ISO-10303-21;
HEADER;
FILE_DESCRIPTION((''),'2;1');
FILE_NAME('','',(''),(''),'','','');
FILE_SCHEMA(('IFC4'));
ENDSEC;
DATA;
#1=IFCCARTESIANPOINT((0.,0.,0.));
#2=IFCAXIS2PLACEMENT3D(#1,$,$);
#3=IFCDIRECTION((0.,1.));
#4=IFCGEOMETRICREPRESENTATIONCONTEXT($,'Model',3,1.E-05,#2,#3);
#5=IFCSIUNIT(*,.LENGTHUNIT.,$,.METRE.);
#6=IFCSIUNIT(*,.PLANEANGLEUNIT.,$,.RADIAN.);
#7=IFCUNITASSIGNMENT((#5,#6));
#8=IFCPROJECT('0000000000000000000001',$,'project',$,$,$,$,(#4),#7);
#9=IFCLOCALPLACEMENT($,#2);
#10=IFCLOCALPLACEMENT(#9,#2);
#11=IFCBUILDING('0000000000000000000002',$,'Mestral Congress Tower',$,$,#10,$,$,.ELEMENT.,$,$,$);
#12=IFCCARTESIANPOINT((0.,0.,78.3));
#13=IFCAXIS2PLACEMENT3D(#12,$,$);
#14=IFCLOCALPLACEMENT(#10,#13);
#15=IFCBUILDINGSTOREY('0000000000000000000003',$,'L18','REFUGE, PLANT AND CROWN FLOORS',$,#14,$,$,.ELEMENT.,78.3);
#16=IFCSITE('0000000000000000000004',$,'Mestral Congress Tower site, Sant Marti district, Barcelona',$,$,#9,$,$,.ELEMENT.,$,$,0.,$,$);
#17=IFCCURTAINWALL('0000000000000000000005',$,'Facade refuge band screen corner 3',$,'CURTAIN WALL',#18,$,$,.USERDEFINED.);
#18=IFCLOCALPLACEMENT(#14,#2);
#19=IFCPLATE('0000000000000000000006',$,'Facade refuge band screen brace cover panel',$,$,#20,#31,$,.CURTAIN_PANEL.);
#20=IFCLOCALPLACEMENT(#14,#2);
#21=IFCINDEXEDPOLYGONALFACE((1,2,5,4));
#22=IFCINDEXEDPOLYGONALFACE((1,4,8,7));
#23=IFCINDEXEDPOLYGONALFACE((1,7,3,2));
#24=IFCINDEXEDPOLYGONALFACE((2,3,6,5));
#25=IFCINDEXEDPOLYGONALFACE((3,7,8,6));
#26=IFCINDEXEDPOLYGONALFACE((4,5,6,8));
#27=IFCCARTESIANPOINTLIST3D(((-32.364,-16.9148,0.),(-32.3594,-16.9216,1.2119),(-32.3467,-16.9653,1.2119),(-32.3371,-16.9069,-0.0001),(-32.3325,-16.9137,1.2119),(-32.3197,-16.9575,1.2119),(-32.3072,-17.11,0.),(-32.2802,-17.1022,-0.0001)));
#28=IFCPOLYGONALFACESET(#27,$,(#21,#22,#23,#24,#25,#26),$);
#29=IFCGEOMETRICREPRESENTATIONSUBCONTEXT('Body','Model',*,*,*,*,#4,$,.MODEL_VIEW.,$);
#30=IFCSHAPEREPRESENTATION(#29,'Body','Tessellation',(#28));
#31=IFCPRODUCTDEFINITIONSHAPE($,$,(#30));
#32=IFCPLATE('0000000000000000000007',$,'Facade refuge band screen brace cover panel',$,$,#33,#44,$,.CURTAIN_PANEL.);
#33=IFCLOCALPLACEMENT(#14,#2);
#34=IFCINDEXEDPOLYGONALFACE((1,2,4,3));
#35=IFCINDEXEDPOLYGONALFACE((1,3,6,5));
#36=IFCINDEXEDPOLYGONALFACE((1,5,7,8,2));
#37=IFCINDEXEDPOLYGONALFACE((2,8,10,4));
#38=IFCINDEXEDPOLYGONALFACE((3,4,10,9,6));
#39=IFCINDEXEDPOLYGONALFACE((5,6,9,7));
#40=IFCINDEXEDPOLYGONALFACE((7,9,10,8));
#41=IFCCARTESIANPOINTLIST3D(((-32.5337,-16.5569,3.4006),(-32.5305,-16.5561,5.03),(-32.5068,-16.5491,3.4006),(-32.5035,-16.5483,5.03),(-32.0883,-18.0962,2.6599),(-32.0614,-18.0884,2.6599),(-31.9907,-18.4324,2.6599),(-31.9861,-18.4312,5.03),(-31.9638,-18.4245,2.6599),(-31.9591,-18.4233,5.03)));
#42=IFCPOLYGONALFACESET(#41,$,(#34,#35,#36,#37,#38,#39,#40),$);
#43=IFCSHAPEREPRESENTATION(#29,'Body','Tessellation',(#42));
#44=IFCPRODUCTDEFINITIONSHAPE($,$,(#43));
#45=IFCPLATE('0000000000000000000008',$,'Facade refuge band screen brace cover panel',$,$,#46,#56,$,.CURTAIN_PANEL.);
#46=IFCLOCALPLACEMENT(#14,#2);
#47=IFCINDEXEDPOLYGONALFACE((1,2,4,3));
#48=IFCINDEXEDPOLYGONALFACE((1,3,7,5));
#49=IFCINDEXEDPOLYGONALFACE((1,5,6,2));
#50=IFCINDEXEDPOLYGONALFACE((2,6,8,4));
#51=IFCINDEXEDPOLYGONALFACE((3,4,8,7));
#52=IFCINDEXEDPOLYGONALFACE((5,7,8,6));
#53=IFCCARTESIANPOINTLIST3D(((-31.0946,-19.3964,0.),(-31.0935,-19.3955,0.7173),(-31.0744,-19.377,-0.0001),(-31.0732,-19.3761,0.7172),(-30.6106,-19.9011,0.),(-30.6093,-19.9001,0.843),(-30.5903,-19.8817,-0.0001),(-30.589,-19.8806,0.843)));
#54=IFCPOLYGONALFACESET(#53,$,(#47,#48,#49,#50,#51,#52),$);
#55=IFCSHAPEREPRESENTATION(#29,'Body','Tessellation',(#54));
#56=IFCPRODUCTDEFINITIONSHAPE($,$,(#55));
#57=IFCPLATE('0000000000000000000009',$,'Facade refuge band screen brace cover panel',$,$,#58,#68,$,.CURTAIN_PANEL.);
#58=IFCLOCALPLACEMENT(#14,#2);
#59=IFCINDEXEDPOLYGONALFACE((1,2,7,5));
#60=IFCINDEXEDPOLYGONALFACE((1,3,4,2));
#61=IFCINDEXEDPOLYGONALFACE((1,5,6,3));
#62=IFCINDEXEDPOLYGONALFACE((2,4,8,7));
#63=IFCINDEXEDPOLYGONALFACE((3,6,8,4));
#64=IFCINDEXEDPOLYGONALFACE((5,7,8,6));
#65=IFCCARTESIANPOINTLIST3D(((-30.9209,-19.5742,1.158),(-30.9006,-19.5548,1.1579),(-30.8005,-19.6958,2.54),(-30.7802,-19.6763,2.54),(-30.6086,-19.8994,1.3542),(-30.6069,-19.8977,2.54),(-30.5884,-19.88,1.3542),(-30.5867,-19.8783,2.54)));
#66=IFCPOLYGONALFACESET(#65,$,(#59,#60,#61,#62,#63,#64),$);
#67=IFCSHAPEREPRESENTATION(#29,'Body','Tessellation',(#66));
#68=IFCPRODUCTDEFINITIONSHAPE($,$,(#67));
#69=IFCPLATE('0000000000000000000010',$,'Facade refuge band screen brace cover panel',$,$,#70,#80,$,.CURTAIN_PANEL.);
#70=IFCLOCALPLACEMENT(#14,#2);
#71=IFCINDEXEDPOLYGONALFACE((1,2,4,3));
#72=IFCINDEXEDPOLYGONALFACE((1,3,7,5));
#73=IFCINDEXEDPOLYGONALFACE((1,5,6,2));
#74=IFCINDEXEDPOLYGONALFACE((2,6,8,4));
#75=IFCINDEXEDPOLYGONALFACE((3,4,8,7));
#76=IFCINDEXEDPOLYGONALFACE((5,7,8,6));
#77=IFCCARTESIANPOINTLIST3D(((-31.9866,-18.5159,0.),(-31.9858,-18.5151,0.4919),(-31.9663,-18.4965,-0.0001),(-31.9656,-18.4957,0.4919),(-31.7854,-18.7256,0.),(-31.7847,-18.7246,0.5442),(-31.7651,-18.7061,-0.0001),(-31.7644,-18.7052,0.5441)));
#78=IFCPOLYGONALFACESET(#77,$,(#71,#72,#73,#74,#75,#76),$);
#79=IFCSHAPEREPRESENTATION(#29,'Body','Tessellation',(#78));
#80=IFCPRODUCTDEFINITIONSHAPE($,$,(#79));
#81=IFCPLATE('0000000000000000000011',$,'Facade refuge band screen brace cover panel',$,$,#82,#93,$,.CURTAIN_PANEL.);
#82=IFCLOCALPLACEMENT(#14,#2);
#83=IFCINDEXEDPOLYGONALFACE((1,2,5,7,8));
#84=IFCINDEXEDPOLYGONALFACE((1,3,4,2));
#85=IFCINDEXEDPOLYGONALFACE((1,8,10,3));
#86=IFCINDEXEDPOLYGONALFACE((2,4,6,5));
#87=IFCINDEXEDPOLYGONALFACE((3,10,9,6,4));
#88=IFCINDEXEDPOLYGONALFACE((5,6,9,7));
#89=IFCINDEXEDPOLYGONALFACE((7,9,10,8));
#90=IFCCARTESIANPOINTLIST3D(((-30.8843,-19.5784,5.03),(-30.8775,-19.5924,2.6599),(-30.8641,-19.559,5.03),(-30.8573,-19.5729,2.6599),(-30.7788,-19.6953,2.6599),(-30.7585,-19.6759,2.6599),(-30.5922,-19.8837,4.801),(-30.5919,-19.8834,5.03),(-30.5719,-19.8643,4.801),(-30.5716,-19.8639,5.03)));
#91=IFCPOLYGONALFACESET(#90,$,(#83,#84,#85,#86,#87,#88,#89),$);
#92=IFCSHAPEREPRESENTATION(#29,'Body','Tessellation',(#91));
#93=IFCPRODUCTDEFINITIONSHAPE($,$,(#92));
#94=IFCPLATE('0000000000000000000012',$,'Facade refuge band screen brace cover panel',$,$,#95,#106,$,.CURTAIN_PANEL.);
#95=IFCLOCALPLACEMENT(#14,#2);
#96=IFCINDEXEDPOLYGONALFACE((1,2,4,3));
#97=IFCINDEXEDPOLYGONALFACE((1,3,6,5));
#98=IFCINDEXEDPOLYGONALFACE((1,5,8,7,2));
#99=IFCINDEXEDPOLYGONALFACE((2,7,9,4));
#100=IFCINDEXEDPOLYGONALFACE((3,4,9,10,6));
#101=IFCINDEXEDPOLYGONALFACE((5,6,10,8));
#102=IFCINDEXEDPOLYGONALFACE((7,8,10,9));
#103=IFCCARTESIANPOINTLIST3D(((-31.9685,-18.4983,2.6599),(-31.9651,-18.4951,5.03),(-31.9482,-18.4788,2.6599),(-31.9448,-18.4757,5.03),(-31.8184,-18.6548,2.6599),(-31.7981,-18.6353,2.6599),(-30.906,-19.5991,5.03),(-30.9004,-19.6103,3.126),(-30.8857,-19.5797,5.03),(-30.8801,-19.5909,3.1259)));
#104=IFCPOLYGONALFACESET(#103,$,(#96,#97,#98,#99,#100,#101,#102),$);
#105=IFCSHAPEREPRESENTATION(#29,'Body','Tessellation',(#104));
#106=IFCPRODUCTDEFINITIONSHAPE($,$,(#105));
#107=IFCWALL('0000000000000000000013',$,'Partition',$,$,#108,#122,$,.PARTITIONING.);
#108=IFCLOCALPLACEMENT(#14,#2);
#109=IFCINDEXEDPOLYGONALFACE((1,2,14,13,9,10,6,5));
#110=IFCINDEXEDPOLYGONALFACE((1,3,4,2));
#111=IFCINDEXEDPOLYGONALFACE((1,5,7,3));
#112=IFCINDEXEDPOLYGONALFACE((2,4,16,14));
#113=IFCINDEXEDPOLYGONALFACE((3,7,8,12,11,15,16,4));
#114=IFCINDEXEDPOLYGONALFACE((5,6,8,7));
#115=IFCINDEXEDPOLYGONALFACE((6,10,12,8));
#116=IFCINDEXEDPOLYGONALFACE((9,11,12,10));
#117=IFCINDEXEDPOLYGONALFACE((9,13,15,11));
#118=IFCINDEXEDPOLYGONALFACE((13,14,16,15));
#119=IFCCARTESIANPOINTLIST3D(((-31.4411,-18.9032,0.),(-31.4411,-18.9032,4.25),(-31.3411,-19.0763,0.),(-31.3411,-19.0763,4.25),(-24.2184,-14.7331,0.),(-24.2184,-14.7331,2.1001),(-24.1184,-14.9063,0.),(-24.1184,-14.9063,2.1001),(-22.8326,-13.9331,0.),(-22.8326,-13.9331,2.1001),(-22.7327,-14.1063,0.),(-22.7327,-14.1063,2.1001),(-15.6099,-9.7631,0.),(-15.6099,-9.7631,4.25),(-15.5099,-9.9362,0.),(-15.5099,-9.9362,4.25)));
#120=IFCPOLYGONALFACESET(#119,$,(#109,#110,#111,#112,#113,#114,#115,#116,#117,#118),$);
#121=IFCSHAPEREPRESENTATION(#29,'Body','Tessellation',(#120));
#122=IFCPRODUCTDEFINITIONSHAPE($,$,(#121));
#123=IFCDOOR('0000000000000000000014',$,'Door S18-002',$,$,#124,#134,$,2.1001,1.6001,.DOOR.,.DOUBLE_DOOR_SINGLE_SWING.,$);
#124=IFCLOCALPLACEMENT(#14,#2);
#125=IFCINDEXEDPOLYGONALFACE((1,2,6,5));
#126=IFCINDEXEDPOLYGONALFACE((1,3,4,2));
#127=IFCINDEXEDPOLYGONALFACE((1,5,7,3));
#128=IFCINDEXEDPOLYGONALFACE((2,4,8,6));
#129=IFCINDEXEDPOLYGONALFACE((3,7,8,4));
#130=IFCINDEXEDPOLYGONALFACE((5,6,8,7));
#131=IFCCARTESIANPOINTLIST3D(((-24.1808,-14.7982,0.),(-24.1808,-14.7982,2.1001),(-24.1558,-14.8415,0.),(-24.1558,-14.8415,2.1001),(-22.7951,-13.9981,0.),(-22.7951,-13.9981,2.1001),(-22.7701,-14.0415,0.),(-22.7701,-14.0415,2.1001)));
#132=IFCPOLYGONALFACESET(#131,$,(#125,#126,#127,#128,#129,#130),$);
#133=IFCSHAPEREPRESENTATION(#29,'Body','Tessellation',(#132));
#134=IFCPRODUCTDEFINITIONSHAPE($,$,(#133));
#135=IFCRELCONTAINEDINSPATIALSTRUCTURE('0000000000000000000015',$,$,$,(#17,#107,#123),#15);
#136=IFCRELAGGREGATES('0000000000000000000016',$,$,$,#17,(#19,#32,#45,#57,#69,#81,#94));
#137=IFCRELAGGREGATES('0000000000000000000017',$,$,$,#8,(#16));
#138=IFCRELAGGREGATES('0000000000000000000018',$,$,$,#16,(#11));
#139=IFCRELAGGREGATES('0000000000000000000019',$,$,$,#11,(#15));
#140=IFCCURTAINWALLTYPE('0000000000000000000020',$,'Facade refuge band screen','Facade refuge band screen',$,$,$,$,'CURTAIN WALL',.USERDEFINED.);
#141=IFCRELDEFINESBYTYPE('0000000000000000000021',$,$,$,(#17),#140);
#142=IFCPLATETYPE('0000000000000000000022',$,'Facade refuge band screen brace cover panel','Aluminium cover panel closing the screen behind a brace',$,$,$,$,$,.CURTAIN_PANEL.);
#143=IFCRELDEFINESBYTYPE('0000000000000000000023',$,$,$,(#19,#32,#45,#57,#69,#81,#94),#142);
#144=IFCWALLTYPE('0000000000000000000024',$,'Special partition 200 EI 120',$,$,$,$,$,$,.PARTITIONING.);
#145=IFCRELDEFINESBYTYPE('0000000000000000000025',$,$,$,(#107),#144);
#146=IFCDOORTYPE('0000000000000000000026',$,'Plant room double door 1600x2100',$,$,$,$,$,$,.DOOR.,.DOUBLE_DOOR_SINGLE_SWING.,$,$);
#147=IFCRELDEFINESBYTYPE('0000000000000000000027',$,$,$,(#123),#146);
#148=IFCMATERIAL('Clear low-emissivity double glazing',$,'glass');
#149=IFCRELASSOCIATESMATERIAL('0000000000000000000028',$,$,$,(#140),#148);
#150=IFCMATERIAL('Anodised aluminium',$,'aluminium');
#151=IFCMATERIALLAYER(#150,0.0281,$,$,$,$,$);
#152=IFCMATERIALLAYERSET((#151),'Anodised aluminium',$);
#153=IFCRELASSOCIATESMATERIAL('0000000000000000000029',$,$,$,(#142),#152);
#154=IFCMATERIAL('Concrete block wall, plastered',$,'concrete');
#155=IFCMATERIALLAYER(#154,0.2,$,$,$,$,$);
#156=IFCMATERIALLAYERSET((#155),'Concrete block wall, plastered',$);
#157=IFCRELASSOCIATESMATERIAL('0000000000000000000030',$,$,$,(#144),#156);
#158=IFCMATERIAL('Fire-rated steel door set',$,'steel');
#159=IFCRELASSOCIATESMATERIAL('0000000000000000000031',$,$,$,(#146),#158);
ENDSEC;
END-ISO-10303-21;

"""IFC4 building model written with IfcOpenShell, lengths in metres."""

from ifc_helpers import new_model, si_unit, direction, frame, frame_2d, origin, place, context, subcontext, project, spatial, polyline, rectangle, outline, extrude, material, layer, layer_set, type_object, element, fill, aggregate, save


model = new_model("IFC4")

# Units and contexts
model_context = context("Model", 3, precision=1e-05, world=origin(), true_north=direction((0.0, 1.0)))
body_context = subcontext(model_context, "Body", "Model", "MODEL_VIEW")
ifc_project = project(units=[si_unit("LENGTHUNIT", "METRE"), si_unit("PLANEANGLEUNIT", "RADIAN")], contexts=[model_context])

# Site, building, storey
site_placement = place(None, origin())
site = spatial("IfcSite", under=ifc_project, at=site_placement, Name="Mestral Congress Tower site, Sant Marti district, Barcelona", CompositionType="ELEMENT", RefElevation=0.0)
building_placement = place(site_placement, origin())
building = spatial("IfcBuilding", under=site, at=building_placement, Name="Mestral Congress Tower", CompositionType="ELEMENT")
storey_placement = place(building_placement, frame((0.0, 0.0, 78.3)))
storey = spatial("IfcBuildingStorey", under=building, at=storey_placement, Name="L18", Description="REFUGE, PLANT AND CROWN FLOORS", CompositionType="ELEMENT", Elevation=78.3)

# Curtain wall
ifc_material_1 = material(Name="Clear low-emissivity double glazing", Category="glass")
curtain_wall_type = type_object("IfcCurtainWallType", Name="Facade refuge band screen", Description="Facade refuge band screen", ElementType="CURTAIN WALL", PredefinedType="USERDEFINED", material=ifc_material_1)
curtain_wall_placement = place(storey_placement, origin())
curtain_wall = element("IfcCurtainWall", 1, at=curtain_wall_placement, inside=storey, type_object=curtain_wall_type, Name="Facade refuge band screen corner 3", ObjectType="CURTAIN WALL", PredefinedType="USERDEFINED")
ifc_material_2 = material(Name="Anodised aluminium", Category="aluminium")

# Plates
ifc_layer_1 = layer(ifc_material_2, 0.0281)
ifc_layer_set_1 = layer_set([ifc_layer_1], Name="Anodised aluminium")
plate_type = type_object("IfcPlateType", Name="Facade refuge band screen brace cover panel", Description="Aluminium cover panel closing the screen behind a brace", PredefinedType="CURTAIN_PANEL", material=ifc_layer_set_1)
plate_1_placement = place(storey_placement, frame((-32.364, -16.9148, 0.0), z_axis=(-0.960141, -0.27951, 0.002077), x_axis=(0.003791, -0.005592, 0.999977)))
plate_1 = element("IfcPlate", 2, at=plate_1_placement, type_object=plate_type, Name="Facade refuge band screen brace cover panel", PredefinedType="CURTAIN_PANEL", context=body_context, shape_type="SweptSolid", body=[
    extrude(outline(polyline([(0.0, 0.0), (1.2119, 0.0), (1.2122, -0.0456), (0.0013, -0.2034), (0.0, 0.0)])), origin(), (0.0, 0.0, -1.0), 0.0281),
])
plate_2_placement = place(storey_placement, frame((-31.9907, -18.4324, 2.6599), z_axis=(-0.960336, -0.278838, 0.002024), x_axis=(-0.278838, 0.960338, 0.0)))
plate_2 = element("IfcPlate", 3, at=plate_2_placement, type_object=plate_type, Name="Facade refuge band screen brace cover panel", PredefinedType="CURTAIN_PANEL", context=body_context, shape_type="SweptSolid", body=[
    extrude(outline(polyline([(0.0, 0.0), (0.3501, 0.0), (1.9525, -0.7407), (1.9523, -2.3701), (-0.0001, -2.3701), (0.0, 0.0)])), origin(), (0.0, 0.0, -1.0), 0.0281),
])
plate_3_placement = place(storey_placement, frame((-30.6106, -19.9011, 0.0), z_axis=(-0.72174, -0.692161, 0.001996), x_axis=(-0.692162, 0.721742, 0.0)))
plate_3 = element("IfcPlate", 4, at=plate_3_placement, type_object=plate_type, Name="Facade refuge band screen brace cover panel", PredefinedType="CURTAIN_PANEL", context=body_context, shape_type="SweptSolid", body=[
    extrude(outline(polyline([(0.0, 0.0), (0.6993, 0.0), (0.6992, -0.7173), (-0.0001, -0.843), (0.0, 0.0)])), origin(), (0.0, 0.0, -1.0), 0.0281),
])
plate_4_placement = place(storey_placement, frame((-30.6069, -19.8977, 2.54), z_axis=(-0.721867, -0.692029, 0.002011), x_axis=(-0.001422, -0.001422, -0.999998)))
plate_4 = element("IfcPlate", 5, at=plate_4_placement, type_object=plate_type, Name="Facade refuge band screen brace cover panel", PredefinedType="CURTAIN_PANEL", context=body_context, shape_type="SweptSolid", body=[
    extrude(outline(polyline([(0.0, 0.0), (1.1858, 0.0), (1.3821, -0.4508), (0.0, -0.2797), (0.0, 0.0)])), origin(), (0.0, 0.0, -1.0), 0.0281),
])
plate_5_placement = place(storey_placement, frame((-31.9858, -18.5151, 0.4919), z_axis=(-0.721587, -0.69232, 0.002162), x_axis=(0.68166, -0.709924, 0.177051)))
plate_5 = element("IfcPlate", 6, at=plate_5_placement, type_object=plate_type, Name="Facade refuge band screen brace cover panel", PredefinedType="CURTAIN_PANEL", context=body_context, shape_type="SweptSolid", body=[
    extrude(outline(polyline([(0.0, 0.0), (0.2951, 0.0), (0.1989, -0.5356), (-0.0871, -0.4842), (0.0, 0.0)])), origin(), (0.0, 0.0, -1.0), 0.0281),
])
plate_6_placement = place(storey_placement, frame((-30.7788, -19.6953, 2.6599), z_axis=(-0.721702, -0.692201, 0.002002), x_axis=(-0.692203, 0.721703, 0.000002)))
plate_6 = element("IfcPlate", 7, at=plate_6_placement, type_object=plate_type, Name="Facade refuge band screen brace cover panel", PredefinedType="CURTAIN_PANEL", context=body_context, shape_type="SweptSolid", body=[
    extrude(outline(polyline([(0.0, 0.0), (0.1426, 0.0), (0.1574, -2.3701), (-0.2651, -2.3701), (-0.2651, -2.1411), (0.0, 0.0)])), origin(), (0.0, 0.0, -1.0), 0.0281),
])
plate_7_placement = place(storey_placement, frame((-31.9651, -18.4951, 5.03), z_axis=(-0.721628, -0.692278, 0.00196), x_axis=(0.69228, -0.721629, 0.0)))
plate_7 = element("IfcPlate", 8, at=plate_7_placement, type_object=plate_type, Name="Facade refuge band screen brace cover panel", PredefinedType="CURTAIN_PANEL", context=body_context, shape_type="SweptSolid", body=[
    extrude(outline(polyline([(0.0, 0.0), (1.5299, 0.0), (1.5419, -1.9041), (0.2168, -2.3701), (-0.0001, -2.3701), (0.0, 0.0)])), origin(), (0.0, 0.0, -1.0), 0.0281),
])

# Wall, opening, door
ifc_material_3 = material(Name="Concrete block wall, plastered", Category="concrete")
ifc_layer_2 = layer(ifc_material_3, 0.2)
ifc_layer_set_2 = layer_set([ifc_layer_2], Name="Concrete block wall, plastered")
wall_type = type_object("IfcWallType", Name="Special partition 200 EI 120", PredefinedType="PARTITIONING", material=ifc_layer_set_2)
wall_placement = place(storey_placement, frame((-31.3911, -18.9897, 0.0), z_axis=(0.0, 0.0, 1.0), x_axis=(0.866027, 0.499997, 0.0)))
wall = element("IfcWall", 9, at=wall_placement, inside=storey, type_object=wall_type, Name="Partition", PredefinedType="PARTITIONING", context=body_context, shape_type="SweptSolid", body=[
    extrude(rectangle(XDim=18.2803, YDim=0.2, at=frame_2d((9.1401, 0.0))), origin(), (0.0, 0.0, 1.0), 4.25),
])
opening_placement = place(wall_placement, frame((8.3401, 0.0, 0.0)))
opening = element("IfcOpeningElement", 10, at=opening_placement, cuts=wall, PredefinedType="OPENING", context=body_context, shape_type="SweptSolid", body=[
    extrude(rectangle(XDim=1.6001, YDim=2.1001, at=frame_2d((0.8, 1.05))), frame((0.0, 0.1099, 0.0), z_axis=(0.0, -1.0, 0.0), x_axis=(1.0, 0.0, 0.0)), (0.0, 0.0, 1.0), 0.22),
])
ifc_material_4 = material(Name="Fire-rated steel door set", Category="steel")
door_type = type_object("IfcDoorType", Name="Plant room double door 1600x2100", OperationType="DOUBLE_DOOR_SINGLE_SWING", PredefinedType="DOOR", material=ifc_material_4)
door_placement = place(opening_placement, origin())
door = element("IfcDoor", 11, at=door_placement, inside=storey, type_object=door_type, Name="Door S18-002", OperationType="DOUBLE_DOOR_SINGLE_SWING", OverallHeight=2.1001, OverallWidth=1.6001, PredefinedType="DOOR", context=body_context, shape_type="SweptSolid", body=[
    extrude(rectangle(XDim=1.6001, YDim=2.1001, at=frame_2d((0.8, 1.05))), frame((0.0, 0.0249, 0.0), z_axis=(0.0, -1.0, 0.0), x_axis=(1.0, 0.0, 0.0)), (0.0, 0.0, 1.0), 0.05),
])
fill(opening, door)

aggregate(curtain_wall, [plate_1, plate_2, plate_3, plate_4, plate_5, plate_6, plate_7])

save(model, "model.ifc")
